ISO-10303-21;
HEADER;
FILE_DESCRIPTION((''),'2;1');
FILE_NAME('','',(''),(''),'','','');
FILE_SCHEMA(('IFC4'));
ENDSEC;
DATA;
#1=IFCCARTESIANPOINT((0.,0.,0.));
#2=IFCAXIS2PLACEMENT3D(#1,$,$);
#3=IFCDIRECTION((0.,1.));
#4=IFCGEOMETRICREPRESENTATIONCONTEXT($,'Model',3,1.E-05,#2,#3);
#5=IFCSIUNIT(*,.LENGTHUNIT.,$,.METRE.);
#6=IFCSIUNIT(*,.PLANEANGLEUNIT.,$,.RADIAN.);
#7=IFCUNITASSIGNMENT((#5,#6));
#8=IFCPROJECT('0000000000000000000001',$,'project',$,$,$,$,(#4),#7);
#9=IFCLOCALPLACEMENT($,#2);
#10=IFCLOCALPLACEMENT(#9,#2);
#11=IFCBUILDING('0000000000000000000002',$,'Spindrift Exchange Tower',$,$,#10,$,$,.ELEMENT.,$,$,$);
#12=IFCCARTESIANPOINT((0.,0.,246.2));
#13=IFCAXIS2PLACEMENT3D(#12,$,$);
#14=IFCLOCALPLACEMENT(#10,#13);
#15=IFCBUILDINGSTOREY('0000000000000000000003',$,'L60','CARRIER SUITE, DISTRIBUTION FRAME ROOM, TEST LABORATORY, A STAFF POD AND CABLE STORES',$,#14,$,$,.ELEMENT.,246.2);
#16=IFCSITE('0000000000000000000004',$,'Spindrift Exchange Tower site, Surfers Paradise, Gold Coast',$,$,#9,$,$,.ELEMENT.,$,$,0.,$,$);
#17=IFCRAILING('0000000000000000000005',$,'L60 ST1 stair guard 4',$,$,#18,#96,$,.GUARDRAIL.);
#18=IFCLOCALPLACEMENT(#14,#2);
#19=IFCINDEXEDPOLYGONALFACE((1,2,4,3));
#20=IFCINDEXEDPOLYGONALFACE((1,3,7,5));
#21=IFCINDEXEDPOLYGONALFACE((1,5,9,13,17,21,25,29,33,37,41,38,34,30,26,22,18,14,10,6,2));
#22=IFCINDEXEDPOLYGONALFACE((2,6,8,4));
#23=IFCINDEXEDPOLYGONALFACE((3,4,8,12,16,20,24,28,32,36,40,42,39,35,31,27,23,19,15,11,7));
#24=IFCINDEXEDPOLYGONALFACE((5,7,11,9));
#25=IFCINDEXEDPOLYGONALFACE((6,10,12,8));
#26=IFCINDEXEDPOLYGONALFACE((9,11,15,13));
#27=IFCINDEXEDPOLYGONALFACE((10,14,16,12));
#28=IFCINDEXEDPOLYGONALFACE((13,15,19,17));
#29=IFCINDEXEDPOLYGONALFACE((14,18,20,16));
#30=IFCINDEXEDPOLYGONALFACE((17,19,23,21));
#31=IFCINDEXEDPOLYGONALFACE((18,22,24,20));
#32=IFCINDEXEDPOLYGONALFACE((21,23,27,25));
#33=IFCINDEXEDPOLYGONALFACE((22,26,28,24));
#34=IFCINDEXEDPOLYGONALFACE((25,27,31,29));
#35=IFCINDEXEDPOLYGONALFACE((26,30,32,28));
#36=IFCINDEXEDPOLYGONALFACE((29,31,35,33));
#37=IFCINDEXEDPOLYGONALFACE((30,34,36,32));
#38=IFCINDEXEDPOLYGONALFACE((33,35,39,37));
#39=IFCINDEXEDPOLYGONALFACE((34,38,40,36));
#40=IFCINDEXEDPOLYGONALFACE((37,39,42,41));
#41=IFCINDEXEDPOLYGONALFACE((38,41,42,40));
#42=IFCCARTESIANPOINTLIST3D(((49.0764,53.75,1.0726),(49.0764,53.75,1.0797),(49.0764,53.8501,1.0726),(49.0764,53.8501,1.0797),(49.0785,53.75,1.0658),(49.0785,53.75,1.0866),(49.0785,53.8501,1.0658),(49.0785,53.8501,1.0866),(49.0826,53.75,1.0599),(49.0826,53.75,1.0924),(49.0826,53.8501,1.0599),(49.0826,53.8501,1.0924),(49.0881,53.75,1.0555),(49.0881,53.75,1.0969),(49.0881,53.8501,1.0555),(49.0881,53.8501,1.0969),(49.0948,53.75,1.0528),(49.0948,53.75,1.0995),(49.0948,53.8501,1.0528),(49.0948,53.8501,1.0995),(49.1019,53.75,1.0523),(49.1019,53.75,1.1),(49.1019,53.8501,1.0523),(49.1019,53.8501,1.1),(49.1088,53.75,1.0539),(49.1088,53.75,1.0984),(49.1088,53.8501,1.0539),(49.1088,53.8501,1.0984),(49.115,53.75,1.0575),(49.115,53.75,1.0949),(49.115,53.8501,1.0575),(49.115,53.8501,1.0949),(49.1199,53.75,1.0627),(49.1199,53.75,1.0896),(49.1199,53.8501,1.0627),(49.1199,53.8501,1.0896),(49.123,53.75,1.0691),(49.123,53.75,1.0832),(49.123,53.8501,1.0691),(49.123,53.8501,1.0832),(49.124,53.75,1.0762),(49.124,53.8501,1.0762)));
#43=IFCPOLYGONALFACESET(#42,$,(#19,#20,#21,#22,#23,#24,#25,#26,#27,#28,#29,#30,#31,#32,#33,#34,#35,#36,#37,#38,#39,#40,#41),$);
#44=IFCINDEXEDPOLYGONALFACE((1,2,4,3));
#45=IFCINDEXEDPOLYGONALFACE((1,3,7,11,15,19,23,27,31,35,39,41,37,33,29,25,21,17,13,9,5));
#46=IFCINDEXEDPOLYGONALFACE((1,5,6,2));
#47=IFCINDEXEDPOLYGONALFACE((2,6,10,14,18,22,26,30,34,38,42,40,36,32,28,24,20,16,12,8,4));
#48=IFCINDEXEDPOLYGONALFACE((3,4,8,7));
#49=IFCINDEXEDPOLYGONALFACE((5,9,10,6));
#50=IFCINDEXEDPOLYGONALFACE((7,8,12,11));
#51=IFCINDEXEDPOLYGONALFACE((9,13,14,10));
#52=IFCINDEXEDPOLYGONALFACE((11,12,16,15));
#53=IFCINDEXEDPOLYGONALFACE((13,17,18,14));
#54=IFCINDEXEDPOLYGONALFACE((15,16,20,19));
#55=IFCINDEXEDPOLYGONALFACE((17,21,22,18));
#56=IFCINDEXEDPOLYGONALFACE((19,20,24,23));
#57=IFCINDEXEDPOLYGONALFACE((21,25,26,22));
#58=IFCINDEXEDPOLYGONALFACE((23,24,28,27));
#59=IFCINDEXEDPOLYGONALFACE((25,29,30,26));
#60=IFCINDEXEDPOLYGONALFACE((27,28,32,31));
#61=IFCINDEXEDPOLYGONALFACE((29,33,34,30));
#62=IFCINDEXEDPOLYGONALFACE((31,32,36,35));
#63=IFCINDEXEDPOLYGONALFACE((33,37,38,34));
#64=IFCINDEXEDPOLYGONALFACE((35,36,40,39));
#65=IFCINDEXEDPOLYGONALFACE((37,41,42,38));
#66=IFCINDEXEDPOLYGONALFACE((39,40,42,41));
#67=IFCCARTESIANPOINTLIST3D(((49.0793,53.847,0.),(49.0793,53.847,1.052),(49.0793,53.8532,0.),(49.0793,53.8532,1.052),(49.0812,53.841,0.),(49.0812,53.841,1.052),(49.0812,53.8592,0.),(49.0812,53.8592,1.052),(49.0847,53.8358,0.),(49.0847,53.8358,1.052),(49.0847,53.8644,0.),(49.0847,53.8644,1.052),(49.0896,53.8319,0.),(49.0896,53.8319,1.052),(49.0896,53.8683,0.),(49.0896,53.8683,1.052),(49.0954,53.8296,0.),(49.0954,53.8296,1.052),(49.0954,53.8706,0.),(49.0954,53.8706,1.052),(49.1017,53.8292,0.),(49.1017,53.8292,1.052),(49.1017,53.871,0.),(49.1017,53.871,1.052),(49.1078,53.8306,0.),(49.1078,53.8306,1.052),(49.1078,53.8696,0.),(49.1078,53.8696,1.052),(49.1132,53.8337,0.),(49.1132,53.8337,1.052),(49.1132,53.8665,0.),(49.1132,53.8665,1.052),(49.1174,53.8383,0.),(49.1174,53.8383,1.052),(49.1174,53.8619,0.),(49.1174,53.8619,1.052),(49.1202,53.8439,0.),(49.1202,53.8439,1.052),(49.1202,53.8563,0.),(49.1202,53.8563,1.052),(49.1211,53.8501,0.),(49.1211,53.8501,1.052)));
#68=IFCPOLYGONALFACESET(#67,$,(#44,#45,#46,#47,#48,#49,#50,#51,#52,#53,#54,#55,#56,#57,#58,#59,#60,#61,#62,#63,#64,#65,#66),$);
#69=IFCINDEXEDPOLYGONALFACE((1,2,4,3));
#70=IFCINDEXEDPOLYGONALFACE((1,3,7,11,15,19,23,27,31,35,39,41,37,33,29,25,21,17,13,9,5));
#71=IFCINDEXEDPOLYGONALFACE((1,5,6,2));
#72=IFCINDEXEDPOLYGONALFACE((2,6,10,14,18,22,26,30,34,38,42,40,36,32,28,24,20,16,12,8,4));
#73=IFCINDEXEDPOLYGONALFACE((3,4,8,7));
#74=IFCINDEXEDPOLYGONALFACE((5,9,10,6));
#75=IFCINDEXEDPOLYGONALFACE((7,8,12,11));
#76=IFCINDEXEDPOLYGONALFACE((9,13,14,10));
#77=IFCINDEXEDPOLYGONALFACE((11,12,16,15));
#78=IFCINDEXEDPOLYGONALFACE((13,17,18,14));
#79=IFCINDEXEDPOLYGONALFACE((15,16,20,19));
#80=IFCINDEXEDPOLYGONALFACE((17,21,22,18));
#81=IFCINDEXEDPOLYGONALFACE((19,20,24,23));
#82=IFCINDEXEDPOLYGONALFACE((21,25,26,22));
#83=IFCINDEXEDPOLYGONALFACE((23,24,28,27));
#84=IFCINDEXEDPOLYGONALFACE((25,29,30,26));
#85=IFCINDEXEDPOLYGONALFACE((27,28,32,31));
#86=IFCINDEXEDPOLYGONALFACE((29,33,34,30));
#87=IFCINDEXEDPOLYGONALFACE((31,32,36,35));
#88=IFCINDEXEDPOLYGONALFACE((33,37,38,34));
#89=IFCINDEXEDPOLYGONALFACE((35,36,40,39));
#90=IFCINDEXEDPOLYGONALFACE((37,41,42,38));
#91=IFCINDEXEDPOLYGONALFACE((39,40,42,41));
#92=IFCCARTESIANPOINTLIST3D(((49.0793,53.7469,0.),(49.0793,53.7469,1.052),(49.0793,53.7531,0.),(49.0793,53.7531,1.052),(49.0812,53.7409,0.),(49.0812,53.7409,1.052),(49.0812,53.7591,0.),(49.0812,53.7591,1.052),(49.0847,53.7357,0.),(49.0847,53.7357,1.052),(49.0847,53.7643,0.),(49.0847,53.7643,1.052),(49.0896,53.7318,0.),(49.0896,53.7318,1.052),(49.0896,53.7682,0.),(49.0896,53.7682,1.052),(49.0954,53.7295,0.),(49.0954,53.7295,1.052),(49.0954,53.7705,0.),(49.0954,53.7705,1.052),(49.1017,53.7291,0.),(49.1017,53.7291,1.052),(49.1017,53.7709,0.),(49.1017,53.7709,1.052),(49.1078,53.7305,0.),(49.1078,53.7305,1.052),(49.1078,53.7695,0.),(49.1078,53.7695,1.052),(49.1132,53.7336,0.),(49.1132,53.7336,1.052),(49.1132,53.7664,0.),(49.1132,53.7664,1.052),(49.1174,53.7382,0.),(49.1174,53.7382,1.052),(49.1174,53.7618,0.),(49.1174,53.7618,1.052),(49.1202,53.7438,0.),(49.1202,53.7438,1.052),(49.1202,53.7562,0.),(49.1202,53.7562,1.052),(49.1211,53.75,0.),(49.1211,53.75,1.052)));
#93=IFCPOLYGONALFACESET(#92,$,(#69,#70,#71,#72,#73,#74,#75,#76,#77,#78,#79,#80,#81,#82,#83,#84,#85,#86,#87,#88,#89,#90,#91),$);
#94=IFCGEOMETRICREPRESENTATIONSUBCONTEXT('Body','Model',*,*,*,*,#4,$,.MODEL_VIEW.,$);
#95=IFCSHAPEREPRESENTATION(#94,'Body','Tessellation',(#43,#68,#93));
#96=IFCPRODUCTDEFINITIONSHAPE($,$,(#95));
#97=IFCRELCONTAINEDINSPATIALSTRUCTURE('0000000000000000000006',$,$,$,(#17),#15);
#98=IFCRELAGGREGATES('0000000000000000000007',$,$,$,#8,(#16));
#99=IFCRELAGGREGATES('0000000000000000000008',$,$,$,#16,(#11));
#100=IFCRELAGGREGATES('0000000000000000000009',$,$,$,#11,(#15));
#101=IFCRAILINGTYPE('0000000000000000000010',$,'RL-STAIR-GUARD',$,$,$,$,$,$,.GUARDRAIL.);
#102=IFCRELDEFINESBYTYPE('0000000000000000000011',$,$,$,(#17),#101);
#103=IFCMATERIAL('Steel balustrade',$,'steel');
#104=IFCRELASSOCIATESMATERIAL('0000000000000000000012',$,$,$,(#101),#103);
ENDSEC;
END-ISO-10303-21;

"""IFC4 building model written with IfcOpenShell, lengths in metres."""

from ifc_helpers import new_model, si_unit, direction, frame, origin, origin_2d, place, context, subcontext, project, spatial, circle, extrude, material, type_object, element, save


model = new_model("IFC4")

# Units and contexts
model_context = context("Model", 3, precision=1e-05, world=origin(), true_north=direction((0.0, 1.0)))
body_context = subcontext(model_context, "Body", "Model", "MODEL_VIEW")
ifc_project = project(units=[si_unit("LENGTHUNIT", "METRE"), si_unit("PLANEANGLEUNIT", "RADIAN")], contexts=[model_context])

# Site, building, storey
site_placement = place(None, origin())
site = spatial("IfcSite", under=ifc_project, at=site_placement, Name="Spindrift Exchange Tower site, Surfers Paradise, Gold Coast", CompositionType="ELEMENT", RefElevation=0.0)
building_placement = place(site_placement, origin())
building = spatial("IfcBuilding", under=site, at=building_placement, Name="Spindrift Exchange Tower", CompositionType="ELEMENT")
storey_placement = place(building_placement, frame((0.0, 0.0, 246.2)))
storey = spatial("IfcBuildingStorey", under=building, at=storey_placement, Name="L60", Description="CARRIER SUITE, DISTRIBUTION FRAME ROOM, TEST LABORATORY, A STAFF POD AND CABLE STORES", CompositionType="ELEMENT", Elevation=246.2)

# Railing
ifc_material_1 = material(Name="Steel balustrade", Category="steel")
railing_type_1 = type_object("IfcRailingType", Name="RL-STAIR-GUARD", PredefinedType="GUARDRAIL", material=ifc_material_1)
railing_1_placement = place(storey_placement, frame((49.1001, 53.8501, 0.0)))
element("IfcRailing", 1, at=railing_1_placement, inside=storey, type_object=railing_type_1, Name="L60 ST1 stair guard 4", PredefinedType="GUARDRAIL", context=body_context, shape_type="SweptSolid", body=[
    extrude(circle(Radius=0.0239, at=origin_2d()), frame((0.0, 0.0, 1.0762), z_axis=(0.0, -1.0, 0.0), x_axis=(1.0, 0.0, 0.0)), (0.0, 0.0, 1.0), 0.1001),
    extrude(circle(Radius=0.021, at=origin_2d()), origin(), (0.0, 0.0, 1.0), 1.052),
    extrude(circle(Radius=0.021, at=origin_2d()), frame((0.0, -0.1001, 0.0)), (0.0, 0.0, 1.0), 1.052),
])

save(model, "model.ifc")
